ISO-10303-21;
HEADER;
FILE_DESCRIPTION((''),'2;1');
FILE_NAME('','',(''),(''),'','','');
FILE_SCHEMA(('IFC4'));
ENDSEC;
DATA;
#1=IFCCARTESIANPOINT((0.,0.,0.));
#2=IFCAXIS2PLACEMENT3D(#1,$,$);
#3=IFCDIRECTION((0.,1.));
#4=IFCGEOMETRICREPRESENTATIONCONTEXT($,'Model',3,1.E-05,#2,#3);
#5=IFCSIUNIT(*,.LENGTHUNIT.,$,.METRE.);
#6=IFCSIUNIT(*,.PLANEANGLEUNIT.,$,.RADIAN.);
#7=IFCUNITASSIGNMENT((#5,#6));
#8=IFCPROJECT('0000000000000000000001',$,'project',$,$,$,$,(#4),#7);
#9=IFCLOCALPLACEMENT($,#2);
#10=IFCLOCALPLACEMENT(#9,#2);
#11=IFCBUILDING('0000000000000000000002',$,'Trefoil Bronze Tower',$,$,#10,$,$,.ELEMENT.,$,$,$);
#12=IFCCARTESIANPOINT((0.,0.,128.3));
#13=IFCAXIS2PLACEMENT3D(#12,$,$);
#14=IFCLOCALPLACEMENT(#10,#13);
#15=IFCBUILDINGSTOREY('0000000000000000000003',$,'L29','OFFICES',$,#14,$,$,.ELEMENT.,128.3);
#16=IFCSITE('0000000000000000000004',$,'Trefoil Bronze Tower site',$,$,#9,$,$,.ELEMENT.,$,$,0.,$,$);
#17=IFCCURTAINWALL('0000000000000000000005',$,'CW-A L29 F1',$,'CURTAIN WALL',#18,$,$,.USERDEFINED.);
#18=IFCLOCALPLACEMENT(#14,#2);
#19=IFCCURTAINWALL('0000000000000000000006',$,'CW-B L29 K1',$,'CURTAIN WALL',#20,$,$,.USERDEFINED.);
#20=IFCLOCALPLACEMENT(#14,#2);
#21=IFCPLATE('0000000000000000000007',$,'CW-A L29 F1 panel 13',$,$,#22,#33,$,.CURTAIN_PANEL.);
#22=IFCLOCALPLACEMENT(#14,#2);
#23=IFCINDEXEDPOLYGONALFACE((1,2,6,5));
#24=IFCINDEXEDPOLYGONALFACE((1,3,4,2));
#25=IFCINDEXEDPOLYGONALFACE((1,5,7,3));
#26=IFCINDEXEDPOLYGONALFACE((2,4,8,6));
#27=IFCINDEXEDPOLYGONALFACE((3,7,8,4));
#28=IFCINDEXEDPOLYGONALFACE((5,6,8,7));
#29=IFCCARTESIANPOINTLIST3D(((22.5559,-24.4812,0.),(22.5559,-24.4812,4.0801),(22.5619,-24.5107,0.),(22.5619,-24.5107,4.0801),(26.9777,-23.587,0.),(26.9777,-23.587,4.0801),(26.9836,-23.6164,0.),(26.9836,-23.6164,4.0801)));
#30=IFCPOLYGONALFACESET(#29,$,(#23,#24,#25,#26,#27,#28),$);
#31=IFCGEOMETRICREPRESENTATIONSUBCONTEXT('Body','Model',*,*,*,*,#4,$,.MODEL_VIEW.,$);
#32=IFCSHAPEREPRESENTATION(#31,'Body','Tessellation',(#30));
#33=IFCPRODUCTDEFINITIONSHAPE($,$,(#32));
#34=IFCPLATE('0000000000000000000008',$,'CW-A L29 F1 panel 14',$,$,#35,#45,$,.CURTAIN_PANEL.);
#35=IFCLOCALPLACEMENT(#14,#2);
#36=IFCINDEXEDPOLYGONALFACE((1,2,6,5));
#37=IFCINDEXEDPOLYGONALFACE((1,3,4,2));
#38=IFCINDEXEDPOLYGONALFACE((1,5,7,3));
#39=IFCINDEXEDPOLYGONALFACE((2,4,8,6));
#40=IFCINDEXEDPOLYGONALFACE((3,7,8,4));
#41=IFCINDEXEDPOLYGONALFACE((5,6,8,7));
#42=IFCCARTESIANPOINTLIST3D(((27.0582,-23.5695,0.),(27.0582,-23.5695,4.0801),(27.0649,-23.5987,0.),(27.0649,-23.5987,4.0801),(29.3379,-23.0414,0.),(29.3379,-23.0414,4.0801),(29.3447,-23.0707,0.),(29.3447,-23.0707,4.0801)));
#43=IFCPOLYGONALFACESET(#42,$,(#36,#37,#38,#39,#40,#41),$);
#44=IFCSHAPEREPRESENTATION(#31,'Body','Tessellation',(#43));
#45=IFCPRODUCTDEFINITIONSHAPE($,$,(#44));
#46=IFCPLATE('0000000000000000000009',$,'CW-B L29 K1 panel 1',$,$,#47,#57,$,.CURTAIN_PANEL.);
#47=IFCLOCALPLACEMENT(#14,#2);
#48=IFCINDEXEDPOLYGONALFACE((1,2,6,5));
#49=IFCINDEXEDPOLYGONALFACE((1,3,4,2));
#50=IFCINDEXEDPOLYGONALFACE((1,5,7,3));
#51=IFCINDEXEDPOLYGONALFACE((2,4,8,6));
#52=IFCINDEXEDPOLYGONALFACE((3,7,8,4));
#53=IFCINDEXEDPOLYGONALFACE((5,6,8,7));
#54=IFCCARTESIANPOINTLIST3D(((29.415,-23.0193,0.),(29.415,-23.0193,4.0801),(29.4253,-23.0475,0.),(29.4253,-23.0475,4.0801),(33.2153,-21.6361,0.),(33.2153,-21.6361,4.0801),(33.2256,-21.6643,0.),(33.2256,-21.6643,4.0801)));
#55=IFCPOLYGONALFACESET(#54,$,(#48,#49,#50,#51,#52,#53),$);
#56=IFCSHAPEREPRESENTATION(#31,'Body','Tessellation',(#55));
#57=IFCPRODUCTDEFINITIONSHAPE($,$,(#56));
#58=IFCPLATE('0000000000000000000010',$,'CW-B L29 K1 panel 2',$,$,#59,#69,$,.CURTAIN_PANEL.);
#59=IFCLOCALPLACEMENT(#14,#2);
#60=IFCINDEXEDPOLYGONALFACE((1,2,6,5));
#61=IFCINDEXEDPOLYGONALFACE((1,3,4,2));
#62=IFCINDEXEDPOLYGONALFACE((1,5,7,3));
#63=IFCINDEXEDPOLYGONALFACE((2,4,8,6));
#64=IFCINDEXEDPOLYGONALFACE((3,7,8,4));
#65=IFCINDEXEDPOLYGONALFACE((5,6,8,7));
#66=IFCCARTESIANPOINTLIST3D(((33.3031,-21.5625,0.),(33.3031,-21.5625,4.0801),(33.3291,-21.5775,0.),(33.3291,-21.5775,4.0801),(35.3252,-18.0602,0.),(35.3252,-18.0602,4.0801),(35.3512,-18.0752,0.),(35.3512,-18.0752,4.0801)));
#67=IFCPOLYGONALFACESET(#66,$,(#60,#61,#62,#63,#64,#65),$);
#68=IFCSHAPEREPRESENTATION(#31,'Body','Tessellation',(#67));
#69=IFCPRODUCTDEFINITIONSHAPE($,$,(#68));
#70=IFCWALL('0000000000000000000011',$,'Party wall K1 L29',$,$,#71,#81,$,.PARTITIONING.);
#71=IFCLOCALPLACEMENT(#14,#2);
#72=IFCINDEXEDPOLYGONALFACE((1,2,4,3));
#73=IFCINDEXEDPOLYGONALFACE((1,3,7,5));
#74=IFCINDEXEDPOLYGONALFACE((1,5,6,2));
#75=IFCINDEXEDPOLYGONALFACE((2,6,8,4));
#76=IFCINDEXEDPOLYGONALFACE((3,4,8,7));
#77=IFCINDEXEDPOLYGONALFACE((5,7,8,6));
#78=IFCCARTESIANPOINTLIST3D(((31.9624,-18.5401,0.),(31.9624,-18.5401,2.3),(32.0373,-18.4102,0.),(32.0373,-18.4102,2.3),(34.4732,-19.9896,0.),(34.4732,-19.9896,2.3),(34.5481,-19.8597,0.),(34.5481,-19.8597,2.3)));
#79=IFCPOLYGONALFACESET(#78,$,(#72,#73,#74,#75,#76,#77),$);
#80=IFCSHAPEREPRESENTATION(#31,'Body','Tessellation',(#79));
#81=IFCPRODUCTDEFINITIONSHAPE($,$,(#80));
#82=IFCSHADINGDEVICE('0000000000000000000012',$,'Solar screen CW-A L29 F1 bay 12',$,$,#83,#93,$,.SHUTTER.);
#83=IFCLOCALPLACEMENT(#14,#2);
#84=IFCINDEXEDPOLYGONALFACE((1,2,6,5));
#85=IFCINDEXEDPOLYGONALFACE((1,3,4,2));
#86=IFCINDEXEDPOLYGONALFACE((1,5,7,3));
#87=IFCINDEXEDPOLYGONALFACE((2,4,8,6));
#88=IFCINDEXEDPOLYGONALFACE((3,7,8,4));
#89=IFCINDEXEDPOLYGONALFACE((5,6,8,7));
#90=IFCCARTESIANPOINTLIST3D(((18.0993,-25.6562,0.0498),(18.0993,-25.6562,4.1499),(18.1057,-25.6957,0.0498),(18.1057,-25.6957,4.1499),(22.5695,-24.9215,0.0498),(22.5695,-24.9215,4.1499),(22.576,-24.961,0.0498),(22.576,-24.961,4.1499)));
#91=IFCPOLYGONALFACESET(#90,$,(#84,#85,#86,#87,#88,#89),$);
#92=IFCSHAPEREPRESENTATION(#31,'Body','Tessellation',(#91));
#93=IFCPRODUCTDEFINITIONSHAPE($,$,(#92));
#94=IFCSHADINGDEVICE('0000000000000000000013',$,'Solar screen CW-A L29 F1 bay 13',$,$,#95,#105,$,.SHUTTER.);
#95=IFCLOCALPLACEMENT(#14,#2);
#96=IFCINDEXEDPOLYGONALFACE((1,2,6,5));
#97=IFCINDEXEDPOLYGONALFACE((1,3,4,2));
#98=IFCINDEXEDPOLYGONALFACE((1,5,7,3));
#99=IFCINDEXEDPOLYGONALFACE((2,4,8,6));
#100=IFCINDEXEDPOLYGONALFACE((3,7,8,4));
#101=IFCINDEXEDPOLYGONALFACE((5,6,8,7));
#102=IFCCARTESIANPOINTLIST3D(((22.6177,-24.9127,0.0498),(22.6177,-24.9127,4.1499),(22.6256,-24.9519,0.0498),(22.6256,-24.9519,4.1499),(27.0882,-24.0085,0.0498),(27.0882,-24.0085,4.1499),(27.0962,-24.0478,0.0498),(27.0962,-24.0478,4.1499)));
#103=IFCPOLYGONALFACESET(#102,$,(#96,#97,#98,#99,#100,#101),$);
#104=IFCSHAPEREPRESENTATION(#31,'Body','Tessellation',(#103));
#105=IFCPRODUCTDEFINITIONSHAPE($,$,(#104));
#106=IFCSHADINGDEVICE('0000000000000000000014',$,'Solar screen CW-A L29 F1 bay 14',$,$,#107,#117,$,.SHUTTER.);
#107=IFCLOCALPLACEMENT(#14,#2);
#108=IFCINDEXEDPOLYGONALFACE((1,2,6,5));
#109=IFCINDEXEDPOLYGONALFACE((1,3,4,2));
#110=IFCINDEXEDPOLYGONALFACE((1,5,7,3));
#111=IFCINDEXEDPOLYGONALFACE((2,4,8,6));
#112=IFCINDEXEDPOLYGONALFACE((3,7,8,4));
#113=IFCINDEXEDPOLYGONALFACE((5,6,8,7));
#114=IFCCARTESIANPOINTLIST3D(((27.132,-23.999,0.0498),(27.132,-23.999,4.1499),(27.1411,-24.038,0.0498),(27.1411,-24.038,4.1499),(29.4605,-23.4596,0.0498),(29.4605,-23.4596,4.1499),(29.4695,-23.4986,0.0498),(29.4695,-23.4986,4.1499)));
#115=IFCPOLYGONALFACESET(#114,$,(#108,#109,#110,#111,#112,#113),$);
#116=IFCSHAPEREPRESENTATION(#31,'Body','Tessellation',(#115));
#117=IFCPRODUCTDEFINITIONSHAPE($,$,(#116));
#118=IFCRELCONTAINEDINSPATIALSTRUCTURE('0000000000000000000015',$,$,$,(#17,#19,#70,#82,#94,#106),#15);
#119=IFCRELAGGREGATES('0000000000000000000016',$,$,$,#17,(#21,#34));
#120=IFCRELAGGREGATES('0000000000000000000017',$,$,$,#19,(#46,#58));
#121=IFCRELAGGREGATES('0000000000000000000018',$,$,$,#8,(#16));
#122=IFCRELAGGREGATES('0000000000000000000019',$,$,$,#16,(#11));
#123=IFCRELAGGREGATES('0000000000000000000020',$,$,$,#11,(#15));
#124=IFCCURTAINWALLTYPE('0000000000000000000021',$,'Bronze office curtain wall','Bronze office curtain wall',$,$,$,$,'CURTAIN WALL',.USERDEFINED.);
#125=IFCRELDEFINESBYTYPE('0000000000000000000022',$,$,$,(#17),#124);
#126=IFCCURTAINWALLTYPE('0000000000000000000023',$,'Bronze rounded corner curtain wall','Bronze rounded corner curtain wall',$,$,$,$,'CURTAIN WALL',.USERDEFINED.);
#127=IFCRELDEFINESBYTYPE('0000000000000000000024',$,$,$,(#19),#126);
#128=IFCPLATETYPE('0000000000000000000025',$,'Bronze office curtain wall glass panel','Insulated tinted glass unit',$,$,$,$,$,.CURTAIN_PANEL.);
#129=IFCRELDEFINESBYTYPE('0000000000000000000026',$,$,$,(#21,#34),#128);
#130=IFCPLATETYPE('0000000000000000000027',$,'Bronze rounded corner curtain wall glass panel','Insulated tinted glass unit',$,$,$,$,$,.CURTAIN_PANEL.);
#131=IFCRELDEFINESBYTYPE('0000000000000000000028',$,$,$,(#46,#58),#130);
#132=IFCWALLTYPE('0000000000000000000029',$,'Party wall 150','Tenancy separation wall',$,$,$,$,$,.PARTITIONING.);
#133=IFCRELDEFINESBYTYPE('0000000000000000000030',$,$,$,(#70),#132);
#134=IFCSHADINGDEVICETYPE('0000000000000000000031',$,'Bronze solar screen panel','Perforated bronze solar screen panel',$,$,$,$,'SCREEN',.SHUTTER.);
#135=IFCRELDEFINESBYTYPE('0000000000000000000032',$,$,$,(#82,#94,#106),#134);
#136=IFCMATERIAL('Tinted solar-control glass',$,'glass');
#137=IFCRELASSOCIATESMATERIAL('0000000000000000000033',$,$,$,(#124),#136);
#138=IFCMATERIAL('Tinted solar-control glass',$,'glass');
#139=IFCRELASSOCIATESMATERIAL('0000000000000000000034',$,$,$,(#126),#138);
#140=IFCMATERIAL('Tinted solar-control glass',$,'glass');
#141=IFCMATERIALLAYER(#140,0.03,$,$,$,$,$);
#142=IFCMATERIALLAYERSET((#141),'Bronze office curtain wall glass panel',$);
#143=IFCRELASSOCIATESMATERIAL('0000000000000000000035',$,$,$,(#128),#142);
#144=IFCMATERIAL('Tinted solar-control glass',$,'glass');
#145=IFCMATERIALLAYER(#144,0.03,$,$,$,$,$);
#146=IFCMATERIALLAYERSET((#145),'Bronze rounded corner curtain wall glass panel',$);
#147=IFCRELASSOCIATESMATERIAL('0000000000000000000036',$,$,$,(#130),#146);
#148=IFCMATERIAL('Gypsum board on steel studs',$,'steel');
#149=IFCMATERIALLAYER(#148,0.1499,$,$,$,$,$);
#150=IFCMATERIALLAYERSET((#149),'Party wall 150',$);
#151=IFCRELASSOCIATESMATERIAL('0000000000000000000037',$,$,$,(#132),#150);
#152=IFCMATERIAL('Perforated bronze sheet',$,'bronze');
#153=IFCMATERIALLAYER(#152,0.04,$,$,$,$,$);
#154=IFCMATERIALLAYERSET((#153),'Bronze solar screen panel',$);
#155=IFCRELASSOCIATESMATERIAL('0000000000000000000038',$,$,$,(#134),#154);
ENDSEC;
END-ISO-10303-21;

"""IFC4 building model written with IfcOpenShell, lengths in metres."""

from ifc_helpers import new_model, si_unit, direction, frame, frame_2d, origin, origin_2d, place, context, subcontext, project, spatial, rectangle, extrude, material, layer, layer_set, type_object, element, aggregate, save


model = new_model("IFC4")

# Units and contexts
model_context = context("Model", 3, precision=1e-05, world=origin(), true_north=direction((0.0, 1.0)))
body_context = subcontext(model_context, "Body", "Model", "MODEL_VIEW")
ifc_project = project(units=[si_unit("LENGTHUNIT", "METRE"), si_unit("PLANEANGLEUNIT", "RADIAN")], contexts=[model_context])

# Site, building, storey
site_placement = place(None, origin())
site = spatial("IfcSite", under=ifc_project, at=site_placement, Name="Trefoil Bronze Tower site", CompositionType="ELEMENT", RefElevation=0.0)
building_placement = place(site_placement, origin())
building = spatial("IfcBuilding", under=site, at=building_placement, Name="Trefoil Bronze Tower", CompositionType="ELEMENT")
storey_placement = place(building_placement, frame((0.0, 0.0, 128.3)))
storey = spatial("IfcBuildingStorey", under=building, at=storey_placement, Name="L29", Description="OFFICES", CompositionType="ELEMENT", Elevation=128.3)

# Curtain walls
ifc_material_1 = material(Name="Tinted solar-control glass", Category="glass")
curtain_wall_type_1 = type_object("IfcCurtainWallType", Name="Bronze office curtain wall", Description="Bronze office curtain wall", ElementType="CURTAIN WALL", PredefinedType="USERDEFINED", material=ifc_material_1)
curtain_wall_1_placement = place(storey_placement, origin())
curtain_wall_1 = element("IfcCurtainWall", 1, at=curtain_wall_1_placement, inside=storey, type_object=curtain_wall_type_1, Name="CW-A L29 F1", ObjectType="CURTAIN WALL", PredefinedType="USERDEFINED")
ifc_material_2 = material(Name="Tinted solar-control glass", Category="glass")
curtain_wall_type_2 = type_object("IfcCurtainWallType", Name="Bronze rounded corner curtain wall", Description="Bronze rounded corner curtain wall", ElementType="CURTAIN WALL", PredefinedType="USERDEFINED", material=ifc_material_2)
curtain_wall_2_placement = place(storey_placement, origin())
curtain_wall_2 = element("IfcCurtainWall", 2, at=curtain_wall_2_placement, inside=storey, type_object=curtain_wall_type_2, Name="CW-B L29 K1", ObjectType="CURTAIN WALL", PredefinedType="USERDEFINED")

# Plates
ifc_material_3 = material(Name="Tinted solar-control glass", Category="glass")
ifc_layer_1 = layer(ifc_material_3, 0.03)
ifc_layer_set_1 = layer_set([ifc_layer_1], Name="Bronze office curtain wall glass panel")
plate_type_1 = type_object("IfcPlateType", Name="Bronze office curtain wall glass panel", Description="Insulated tinted glass unit", PredefinedType="CURTAIN_PANEL", material=ifc_layer_set_1)
plate_1_placement = place(storey_placement, frame((24.7698, -24.0488, 0.0), z_axis=(0.0, 0.0, 1.0), x_axis=(0.980155, 0.198232, 0.0)))
plate_1 = element("IfcPlate", 3, at=plate_1_placement, type_object=plate_type_1, Name="CW-A L29 F1 panel 13", PredefinedType="CURTAIN_PANEL", context=body_context, shape_type="SweptSolid", body=[
    extrude(rectangle(XDim=4.5112, YDim=0.03, at=origin_2d()), origin(), (0.0, 0.0, 1.0), 4.0801),
])
plate_2_placement = place(storey_placement, frame((28.2014, -23.3201, 0.0), z_axis=(0.0, 0.0, 1.0), x_axis=(0.974204, 0.225667, 0.0)))
plate_2 = element("IfcPlate", 4, at=plate_2_placement, type_object=plate_type_1, Name="CW-A L29 F1 panel 14", PredefinedType="CURTAIN_PANEL", context=body_context, shape_type="SweptSolid", body=[
    extrude(rectangle(XDim=2.3401, YDim=0.03, at=origin_2d()), origin(), (0.0, 0.0, 1.0), 4.0801),
])
aggregate(curtain_wall_1, [plate_1, plate_2])
ifc_material_4 = material(Name="Tinted solar-control glass", Category="glass")
ifc_layer_2 = layer(ifc_material_4, 0.03)
ifc_layer_set_2 = layer_set([ifc_layer_2], Name="Bronze rounded corner curtain wall glass panel")
plate_type_2 = type_object("IfcPlateType", Name="Bronze rounded corner curtain wall glass panel", Description="Insulated tinted glass unit", PredefinedType="CURTAIN_PANEL", material=ifc_layer_set_2)
plate_3_placement = place(storey_placement, frame((31.3203, -22.3418, 0.0), z_axis=(0.0, 0.0, 1.0), x_axis=(0.939693, 0.34202, 0.0)))
plate_3 = element("IfcPlate", 5, at=plate_3_placement, type_object=plate_type_2, Name="CW-B L29 K1 panel 1", PredefinedType="CURTAIN_PANEL", context=body_context, shape_type="SweptSolid", body=[
    extrude(rectangle(XDim=4.0442, YDim=0.03, at=origin_2d()), origin(), (0.0, 0.0, 1.0), 4.0801),
])
plate_4_placement = place(storey_placement, frame((34.3271, -19.8188, 0.0), z_axis=(0.0, 0.0, 1.0), x_axis=(0.5, 0.866025, 0.0)))
plate_4 = element("IfcPlate", 6, at=plate_4_placement, type_object=plate_type_2, Name="CW-B L29 K1 panel 2", PredefinedType="CURTAIN_PANEL", context=body_context, shape_type="SweptSolid", body=[
    extrude(rectangle(XDim=4.0442, YDim=0.03, at=origin_2d()), origin(), (0.0, 0.0, 1.0), 4.0801),
])
aggregate(curtain_wall_2, [plate_3, plate_4])

# Wall
ifc_material_5 = material(Name="Gypsum board on steel studs", Category="steel")
ifc_layer_3 = layer(ifc_material_5, 0.1499)
ifc_layer_set_3 = layer_set([ifc_layer_3], Name="Party wall 150")
wall_type = type_object("IfcWallType", Name="Party wall 150", Description="Tenancy separation wall", PredefinedType="PARTITIONING", material=ifc_layer_set_3)
wall_placement = place(storey_placement, frame((31.9998, -18.4751, 0.0), z_axis=(0.0, 0.0, 1.0), x_axis=(0.866043, -0.49997, 0.0)))
element("IfcWall", 7, at=wall_placement, inside=storey, type_object=wall_type, Name="Party wall K1 L29", PredefinedType="PARTITIONING", context=body_context, shape_type="SweptSolid", body=[
    extrude(rectangle(XDim=2.8992, YDim=0.1499, at=frame_2d((1.4497, 0.0))), origin(), (0.0, 0.0, 1.0), 2.3),
])

# Shading devices
ifc_material_6 = material(Name="Perforated bronze sheet", Category="bronze")
ifc_layer_4 = layer(ifc_material_6, 0.04)
ifc_layer_set_4 = layer_set([ifc_layer_4], Name="Bronze solar screen panel")
shading_device_type = type_object("IfcShadingDeviceType", Name="Bronze solar screen panel", Description="Perforated bronze solar screen panel", ElementType="SCREEN", PredefinedType="SHUTTER", material=ifc_layer_set_4)
shading_device_1_placement = place(storey_placement, frame((20.3376, -25.3086, 0.0498), z_axis=(0.0, 0.0, 1.0), x_axis=(0.98676, 0.162189, 0.0)))
element("IfcShadingDevice", 8, at=shading_device_1_placement, inside=storey, type_object=shading_device_type, Name="Solar screen CW-A L29 F1 bay 12", PredefinedType="SHUTTER", context=body_context, shape_type="SweptSolid", body=[
    extrude(rectangle(XDim=4.5303, YDim=0.04, at=origin_2d()), origin(), (0.0, 0.0, 1.0), 4.1001),
])
shading_device_2_placement = place(storey_placement, frame((24.8569, -24.4802, 0.0498), z_axis=(0.0, 0.0, 1.0), x_axis=(0.980155, 0.198232, 0.0)))
element("IfcShadingDevice", 9, at=shading_device_2_placement, inside=storey, type_object=shading_device_type, Name="Solar screen CW-A L29 F1 bay 13", PredefinedType="SHUTTER", context=body_context, shape_type="SweptSolid", body=[
    extrude(rectangle(XDim=4.561, YDim=0.04, at=origin_2d()), origin(), (0.0, 0.0, 1.0), 4.1001),
])
shading_device_3_placement = place(storey_placement, frame((28.3008, -23.7488, 0.0498), z_axis=(0.0, 0.0, 1.0), x_axis=(0.974204, 0.225667, 0.0)))
element("IfcShadingDevice", 10, at=shading_device_3_placement, inside=storey, type_object=shading_device_type, Name="Solar screen CW-A L29 F1 bay 14", PredefinedType="SHUTTER", context=body_context, shape_type="SweptSolid", body=[
    extrude(rectangle(XDim=2.3901, YDim=0.04, at=origin_2d()), origin(), (0.0, 0.0, 1.0), 4.1001),
])

save(model, "model.ifc")
